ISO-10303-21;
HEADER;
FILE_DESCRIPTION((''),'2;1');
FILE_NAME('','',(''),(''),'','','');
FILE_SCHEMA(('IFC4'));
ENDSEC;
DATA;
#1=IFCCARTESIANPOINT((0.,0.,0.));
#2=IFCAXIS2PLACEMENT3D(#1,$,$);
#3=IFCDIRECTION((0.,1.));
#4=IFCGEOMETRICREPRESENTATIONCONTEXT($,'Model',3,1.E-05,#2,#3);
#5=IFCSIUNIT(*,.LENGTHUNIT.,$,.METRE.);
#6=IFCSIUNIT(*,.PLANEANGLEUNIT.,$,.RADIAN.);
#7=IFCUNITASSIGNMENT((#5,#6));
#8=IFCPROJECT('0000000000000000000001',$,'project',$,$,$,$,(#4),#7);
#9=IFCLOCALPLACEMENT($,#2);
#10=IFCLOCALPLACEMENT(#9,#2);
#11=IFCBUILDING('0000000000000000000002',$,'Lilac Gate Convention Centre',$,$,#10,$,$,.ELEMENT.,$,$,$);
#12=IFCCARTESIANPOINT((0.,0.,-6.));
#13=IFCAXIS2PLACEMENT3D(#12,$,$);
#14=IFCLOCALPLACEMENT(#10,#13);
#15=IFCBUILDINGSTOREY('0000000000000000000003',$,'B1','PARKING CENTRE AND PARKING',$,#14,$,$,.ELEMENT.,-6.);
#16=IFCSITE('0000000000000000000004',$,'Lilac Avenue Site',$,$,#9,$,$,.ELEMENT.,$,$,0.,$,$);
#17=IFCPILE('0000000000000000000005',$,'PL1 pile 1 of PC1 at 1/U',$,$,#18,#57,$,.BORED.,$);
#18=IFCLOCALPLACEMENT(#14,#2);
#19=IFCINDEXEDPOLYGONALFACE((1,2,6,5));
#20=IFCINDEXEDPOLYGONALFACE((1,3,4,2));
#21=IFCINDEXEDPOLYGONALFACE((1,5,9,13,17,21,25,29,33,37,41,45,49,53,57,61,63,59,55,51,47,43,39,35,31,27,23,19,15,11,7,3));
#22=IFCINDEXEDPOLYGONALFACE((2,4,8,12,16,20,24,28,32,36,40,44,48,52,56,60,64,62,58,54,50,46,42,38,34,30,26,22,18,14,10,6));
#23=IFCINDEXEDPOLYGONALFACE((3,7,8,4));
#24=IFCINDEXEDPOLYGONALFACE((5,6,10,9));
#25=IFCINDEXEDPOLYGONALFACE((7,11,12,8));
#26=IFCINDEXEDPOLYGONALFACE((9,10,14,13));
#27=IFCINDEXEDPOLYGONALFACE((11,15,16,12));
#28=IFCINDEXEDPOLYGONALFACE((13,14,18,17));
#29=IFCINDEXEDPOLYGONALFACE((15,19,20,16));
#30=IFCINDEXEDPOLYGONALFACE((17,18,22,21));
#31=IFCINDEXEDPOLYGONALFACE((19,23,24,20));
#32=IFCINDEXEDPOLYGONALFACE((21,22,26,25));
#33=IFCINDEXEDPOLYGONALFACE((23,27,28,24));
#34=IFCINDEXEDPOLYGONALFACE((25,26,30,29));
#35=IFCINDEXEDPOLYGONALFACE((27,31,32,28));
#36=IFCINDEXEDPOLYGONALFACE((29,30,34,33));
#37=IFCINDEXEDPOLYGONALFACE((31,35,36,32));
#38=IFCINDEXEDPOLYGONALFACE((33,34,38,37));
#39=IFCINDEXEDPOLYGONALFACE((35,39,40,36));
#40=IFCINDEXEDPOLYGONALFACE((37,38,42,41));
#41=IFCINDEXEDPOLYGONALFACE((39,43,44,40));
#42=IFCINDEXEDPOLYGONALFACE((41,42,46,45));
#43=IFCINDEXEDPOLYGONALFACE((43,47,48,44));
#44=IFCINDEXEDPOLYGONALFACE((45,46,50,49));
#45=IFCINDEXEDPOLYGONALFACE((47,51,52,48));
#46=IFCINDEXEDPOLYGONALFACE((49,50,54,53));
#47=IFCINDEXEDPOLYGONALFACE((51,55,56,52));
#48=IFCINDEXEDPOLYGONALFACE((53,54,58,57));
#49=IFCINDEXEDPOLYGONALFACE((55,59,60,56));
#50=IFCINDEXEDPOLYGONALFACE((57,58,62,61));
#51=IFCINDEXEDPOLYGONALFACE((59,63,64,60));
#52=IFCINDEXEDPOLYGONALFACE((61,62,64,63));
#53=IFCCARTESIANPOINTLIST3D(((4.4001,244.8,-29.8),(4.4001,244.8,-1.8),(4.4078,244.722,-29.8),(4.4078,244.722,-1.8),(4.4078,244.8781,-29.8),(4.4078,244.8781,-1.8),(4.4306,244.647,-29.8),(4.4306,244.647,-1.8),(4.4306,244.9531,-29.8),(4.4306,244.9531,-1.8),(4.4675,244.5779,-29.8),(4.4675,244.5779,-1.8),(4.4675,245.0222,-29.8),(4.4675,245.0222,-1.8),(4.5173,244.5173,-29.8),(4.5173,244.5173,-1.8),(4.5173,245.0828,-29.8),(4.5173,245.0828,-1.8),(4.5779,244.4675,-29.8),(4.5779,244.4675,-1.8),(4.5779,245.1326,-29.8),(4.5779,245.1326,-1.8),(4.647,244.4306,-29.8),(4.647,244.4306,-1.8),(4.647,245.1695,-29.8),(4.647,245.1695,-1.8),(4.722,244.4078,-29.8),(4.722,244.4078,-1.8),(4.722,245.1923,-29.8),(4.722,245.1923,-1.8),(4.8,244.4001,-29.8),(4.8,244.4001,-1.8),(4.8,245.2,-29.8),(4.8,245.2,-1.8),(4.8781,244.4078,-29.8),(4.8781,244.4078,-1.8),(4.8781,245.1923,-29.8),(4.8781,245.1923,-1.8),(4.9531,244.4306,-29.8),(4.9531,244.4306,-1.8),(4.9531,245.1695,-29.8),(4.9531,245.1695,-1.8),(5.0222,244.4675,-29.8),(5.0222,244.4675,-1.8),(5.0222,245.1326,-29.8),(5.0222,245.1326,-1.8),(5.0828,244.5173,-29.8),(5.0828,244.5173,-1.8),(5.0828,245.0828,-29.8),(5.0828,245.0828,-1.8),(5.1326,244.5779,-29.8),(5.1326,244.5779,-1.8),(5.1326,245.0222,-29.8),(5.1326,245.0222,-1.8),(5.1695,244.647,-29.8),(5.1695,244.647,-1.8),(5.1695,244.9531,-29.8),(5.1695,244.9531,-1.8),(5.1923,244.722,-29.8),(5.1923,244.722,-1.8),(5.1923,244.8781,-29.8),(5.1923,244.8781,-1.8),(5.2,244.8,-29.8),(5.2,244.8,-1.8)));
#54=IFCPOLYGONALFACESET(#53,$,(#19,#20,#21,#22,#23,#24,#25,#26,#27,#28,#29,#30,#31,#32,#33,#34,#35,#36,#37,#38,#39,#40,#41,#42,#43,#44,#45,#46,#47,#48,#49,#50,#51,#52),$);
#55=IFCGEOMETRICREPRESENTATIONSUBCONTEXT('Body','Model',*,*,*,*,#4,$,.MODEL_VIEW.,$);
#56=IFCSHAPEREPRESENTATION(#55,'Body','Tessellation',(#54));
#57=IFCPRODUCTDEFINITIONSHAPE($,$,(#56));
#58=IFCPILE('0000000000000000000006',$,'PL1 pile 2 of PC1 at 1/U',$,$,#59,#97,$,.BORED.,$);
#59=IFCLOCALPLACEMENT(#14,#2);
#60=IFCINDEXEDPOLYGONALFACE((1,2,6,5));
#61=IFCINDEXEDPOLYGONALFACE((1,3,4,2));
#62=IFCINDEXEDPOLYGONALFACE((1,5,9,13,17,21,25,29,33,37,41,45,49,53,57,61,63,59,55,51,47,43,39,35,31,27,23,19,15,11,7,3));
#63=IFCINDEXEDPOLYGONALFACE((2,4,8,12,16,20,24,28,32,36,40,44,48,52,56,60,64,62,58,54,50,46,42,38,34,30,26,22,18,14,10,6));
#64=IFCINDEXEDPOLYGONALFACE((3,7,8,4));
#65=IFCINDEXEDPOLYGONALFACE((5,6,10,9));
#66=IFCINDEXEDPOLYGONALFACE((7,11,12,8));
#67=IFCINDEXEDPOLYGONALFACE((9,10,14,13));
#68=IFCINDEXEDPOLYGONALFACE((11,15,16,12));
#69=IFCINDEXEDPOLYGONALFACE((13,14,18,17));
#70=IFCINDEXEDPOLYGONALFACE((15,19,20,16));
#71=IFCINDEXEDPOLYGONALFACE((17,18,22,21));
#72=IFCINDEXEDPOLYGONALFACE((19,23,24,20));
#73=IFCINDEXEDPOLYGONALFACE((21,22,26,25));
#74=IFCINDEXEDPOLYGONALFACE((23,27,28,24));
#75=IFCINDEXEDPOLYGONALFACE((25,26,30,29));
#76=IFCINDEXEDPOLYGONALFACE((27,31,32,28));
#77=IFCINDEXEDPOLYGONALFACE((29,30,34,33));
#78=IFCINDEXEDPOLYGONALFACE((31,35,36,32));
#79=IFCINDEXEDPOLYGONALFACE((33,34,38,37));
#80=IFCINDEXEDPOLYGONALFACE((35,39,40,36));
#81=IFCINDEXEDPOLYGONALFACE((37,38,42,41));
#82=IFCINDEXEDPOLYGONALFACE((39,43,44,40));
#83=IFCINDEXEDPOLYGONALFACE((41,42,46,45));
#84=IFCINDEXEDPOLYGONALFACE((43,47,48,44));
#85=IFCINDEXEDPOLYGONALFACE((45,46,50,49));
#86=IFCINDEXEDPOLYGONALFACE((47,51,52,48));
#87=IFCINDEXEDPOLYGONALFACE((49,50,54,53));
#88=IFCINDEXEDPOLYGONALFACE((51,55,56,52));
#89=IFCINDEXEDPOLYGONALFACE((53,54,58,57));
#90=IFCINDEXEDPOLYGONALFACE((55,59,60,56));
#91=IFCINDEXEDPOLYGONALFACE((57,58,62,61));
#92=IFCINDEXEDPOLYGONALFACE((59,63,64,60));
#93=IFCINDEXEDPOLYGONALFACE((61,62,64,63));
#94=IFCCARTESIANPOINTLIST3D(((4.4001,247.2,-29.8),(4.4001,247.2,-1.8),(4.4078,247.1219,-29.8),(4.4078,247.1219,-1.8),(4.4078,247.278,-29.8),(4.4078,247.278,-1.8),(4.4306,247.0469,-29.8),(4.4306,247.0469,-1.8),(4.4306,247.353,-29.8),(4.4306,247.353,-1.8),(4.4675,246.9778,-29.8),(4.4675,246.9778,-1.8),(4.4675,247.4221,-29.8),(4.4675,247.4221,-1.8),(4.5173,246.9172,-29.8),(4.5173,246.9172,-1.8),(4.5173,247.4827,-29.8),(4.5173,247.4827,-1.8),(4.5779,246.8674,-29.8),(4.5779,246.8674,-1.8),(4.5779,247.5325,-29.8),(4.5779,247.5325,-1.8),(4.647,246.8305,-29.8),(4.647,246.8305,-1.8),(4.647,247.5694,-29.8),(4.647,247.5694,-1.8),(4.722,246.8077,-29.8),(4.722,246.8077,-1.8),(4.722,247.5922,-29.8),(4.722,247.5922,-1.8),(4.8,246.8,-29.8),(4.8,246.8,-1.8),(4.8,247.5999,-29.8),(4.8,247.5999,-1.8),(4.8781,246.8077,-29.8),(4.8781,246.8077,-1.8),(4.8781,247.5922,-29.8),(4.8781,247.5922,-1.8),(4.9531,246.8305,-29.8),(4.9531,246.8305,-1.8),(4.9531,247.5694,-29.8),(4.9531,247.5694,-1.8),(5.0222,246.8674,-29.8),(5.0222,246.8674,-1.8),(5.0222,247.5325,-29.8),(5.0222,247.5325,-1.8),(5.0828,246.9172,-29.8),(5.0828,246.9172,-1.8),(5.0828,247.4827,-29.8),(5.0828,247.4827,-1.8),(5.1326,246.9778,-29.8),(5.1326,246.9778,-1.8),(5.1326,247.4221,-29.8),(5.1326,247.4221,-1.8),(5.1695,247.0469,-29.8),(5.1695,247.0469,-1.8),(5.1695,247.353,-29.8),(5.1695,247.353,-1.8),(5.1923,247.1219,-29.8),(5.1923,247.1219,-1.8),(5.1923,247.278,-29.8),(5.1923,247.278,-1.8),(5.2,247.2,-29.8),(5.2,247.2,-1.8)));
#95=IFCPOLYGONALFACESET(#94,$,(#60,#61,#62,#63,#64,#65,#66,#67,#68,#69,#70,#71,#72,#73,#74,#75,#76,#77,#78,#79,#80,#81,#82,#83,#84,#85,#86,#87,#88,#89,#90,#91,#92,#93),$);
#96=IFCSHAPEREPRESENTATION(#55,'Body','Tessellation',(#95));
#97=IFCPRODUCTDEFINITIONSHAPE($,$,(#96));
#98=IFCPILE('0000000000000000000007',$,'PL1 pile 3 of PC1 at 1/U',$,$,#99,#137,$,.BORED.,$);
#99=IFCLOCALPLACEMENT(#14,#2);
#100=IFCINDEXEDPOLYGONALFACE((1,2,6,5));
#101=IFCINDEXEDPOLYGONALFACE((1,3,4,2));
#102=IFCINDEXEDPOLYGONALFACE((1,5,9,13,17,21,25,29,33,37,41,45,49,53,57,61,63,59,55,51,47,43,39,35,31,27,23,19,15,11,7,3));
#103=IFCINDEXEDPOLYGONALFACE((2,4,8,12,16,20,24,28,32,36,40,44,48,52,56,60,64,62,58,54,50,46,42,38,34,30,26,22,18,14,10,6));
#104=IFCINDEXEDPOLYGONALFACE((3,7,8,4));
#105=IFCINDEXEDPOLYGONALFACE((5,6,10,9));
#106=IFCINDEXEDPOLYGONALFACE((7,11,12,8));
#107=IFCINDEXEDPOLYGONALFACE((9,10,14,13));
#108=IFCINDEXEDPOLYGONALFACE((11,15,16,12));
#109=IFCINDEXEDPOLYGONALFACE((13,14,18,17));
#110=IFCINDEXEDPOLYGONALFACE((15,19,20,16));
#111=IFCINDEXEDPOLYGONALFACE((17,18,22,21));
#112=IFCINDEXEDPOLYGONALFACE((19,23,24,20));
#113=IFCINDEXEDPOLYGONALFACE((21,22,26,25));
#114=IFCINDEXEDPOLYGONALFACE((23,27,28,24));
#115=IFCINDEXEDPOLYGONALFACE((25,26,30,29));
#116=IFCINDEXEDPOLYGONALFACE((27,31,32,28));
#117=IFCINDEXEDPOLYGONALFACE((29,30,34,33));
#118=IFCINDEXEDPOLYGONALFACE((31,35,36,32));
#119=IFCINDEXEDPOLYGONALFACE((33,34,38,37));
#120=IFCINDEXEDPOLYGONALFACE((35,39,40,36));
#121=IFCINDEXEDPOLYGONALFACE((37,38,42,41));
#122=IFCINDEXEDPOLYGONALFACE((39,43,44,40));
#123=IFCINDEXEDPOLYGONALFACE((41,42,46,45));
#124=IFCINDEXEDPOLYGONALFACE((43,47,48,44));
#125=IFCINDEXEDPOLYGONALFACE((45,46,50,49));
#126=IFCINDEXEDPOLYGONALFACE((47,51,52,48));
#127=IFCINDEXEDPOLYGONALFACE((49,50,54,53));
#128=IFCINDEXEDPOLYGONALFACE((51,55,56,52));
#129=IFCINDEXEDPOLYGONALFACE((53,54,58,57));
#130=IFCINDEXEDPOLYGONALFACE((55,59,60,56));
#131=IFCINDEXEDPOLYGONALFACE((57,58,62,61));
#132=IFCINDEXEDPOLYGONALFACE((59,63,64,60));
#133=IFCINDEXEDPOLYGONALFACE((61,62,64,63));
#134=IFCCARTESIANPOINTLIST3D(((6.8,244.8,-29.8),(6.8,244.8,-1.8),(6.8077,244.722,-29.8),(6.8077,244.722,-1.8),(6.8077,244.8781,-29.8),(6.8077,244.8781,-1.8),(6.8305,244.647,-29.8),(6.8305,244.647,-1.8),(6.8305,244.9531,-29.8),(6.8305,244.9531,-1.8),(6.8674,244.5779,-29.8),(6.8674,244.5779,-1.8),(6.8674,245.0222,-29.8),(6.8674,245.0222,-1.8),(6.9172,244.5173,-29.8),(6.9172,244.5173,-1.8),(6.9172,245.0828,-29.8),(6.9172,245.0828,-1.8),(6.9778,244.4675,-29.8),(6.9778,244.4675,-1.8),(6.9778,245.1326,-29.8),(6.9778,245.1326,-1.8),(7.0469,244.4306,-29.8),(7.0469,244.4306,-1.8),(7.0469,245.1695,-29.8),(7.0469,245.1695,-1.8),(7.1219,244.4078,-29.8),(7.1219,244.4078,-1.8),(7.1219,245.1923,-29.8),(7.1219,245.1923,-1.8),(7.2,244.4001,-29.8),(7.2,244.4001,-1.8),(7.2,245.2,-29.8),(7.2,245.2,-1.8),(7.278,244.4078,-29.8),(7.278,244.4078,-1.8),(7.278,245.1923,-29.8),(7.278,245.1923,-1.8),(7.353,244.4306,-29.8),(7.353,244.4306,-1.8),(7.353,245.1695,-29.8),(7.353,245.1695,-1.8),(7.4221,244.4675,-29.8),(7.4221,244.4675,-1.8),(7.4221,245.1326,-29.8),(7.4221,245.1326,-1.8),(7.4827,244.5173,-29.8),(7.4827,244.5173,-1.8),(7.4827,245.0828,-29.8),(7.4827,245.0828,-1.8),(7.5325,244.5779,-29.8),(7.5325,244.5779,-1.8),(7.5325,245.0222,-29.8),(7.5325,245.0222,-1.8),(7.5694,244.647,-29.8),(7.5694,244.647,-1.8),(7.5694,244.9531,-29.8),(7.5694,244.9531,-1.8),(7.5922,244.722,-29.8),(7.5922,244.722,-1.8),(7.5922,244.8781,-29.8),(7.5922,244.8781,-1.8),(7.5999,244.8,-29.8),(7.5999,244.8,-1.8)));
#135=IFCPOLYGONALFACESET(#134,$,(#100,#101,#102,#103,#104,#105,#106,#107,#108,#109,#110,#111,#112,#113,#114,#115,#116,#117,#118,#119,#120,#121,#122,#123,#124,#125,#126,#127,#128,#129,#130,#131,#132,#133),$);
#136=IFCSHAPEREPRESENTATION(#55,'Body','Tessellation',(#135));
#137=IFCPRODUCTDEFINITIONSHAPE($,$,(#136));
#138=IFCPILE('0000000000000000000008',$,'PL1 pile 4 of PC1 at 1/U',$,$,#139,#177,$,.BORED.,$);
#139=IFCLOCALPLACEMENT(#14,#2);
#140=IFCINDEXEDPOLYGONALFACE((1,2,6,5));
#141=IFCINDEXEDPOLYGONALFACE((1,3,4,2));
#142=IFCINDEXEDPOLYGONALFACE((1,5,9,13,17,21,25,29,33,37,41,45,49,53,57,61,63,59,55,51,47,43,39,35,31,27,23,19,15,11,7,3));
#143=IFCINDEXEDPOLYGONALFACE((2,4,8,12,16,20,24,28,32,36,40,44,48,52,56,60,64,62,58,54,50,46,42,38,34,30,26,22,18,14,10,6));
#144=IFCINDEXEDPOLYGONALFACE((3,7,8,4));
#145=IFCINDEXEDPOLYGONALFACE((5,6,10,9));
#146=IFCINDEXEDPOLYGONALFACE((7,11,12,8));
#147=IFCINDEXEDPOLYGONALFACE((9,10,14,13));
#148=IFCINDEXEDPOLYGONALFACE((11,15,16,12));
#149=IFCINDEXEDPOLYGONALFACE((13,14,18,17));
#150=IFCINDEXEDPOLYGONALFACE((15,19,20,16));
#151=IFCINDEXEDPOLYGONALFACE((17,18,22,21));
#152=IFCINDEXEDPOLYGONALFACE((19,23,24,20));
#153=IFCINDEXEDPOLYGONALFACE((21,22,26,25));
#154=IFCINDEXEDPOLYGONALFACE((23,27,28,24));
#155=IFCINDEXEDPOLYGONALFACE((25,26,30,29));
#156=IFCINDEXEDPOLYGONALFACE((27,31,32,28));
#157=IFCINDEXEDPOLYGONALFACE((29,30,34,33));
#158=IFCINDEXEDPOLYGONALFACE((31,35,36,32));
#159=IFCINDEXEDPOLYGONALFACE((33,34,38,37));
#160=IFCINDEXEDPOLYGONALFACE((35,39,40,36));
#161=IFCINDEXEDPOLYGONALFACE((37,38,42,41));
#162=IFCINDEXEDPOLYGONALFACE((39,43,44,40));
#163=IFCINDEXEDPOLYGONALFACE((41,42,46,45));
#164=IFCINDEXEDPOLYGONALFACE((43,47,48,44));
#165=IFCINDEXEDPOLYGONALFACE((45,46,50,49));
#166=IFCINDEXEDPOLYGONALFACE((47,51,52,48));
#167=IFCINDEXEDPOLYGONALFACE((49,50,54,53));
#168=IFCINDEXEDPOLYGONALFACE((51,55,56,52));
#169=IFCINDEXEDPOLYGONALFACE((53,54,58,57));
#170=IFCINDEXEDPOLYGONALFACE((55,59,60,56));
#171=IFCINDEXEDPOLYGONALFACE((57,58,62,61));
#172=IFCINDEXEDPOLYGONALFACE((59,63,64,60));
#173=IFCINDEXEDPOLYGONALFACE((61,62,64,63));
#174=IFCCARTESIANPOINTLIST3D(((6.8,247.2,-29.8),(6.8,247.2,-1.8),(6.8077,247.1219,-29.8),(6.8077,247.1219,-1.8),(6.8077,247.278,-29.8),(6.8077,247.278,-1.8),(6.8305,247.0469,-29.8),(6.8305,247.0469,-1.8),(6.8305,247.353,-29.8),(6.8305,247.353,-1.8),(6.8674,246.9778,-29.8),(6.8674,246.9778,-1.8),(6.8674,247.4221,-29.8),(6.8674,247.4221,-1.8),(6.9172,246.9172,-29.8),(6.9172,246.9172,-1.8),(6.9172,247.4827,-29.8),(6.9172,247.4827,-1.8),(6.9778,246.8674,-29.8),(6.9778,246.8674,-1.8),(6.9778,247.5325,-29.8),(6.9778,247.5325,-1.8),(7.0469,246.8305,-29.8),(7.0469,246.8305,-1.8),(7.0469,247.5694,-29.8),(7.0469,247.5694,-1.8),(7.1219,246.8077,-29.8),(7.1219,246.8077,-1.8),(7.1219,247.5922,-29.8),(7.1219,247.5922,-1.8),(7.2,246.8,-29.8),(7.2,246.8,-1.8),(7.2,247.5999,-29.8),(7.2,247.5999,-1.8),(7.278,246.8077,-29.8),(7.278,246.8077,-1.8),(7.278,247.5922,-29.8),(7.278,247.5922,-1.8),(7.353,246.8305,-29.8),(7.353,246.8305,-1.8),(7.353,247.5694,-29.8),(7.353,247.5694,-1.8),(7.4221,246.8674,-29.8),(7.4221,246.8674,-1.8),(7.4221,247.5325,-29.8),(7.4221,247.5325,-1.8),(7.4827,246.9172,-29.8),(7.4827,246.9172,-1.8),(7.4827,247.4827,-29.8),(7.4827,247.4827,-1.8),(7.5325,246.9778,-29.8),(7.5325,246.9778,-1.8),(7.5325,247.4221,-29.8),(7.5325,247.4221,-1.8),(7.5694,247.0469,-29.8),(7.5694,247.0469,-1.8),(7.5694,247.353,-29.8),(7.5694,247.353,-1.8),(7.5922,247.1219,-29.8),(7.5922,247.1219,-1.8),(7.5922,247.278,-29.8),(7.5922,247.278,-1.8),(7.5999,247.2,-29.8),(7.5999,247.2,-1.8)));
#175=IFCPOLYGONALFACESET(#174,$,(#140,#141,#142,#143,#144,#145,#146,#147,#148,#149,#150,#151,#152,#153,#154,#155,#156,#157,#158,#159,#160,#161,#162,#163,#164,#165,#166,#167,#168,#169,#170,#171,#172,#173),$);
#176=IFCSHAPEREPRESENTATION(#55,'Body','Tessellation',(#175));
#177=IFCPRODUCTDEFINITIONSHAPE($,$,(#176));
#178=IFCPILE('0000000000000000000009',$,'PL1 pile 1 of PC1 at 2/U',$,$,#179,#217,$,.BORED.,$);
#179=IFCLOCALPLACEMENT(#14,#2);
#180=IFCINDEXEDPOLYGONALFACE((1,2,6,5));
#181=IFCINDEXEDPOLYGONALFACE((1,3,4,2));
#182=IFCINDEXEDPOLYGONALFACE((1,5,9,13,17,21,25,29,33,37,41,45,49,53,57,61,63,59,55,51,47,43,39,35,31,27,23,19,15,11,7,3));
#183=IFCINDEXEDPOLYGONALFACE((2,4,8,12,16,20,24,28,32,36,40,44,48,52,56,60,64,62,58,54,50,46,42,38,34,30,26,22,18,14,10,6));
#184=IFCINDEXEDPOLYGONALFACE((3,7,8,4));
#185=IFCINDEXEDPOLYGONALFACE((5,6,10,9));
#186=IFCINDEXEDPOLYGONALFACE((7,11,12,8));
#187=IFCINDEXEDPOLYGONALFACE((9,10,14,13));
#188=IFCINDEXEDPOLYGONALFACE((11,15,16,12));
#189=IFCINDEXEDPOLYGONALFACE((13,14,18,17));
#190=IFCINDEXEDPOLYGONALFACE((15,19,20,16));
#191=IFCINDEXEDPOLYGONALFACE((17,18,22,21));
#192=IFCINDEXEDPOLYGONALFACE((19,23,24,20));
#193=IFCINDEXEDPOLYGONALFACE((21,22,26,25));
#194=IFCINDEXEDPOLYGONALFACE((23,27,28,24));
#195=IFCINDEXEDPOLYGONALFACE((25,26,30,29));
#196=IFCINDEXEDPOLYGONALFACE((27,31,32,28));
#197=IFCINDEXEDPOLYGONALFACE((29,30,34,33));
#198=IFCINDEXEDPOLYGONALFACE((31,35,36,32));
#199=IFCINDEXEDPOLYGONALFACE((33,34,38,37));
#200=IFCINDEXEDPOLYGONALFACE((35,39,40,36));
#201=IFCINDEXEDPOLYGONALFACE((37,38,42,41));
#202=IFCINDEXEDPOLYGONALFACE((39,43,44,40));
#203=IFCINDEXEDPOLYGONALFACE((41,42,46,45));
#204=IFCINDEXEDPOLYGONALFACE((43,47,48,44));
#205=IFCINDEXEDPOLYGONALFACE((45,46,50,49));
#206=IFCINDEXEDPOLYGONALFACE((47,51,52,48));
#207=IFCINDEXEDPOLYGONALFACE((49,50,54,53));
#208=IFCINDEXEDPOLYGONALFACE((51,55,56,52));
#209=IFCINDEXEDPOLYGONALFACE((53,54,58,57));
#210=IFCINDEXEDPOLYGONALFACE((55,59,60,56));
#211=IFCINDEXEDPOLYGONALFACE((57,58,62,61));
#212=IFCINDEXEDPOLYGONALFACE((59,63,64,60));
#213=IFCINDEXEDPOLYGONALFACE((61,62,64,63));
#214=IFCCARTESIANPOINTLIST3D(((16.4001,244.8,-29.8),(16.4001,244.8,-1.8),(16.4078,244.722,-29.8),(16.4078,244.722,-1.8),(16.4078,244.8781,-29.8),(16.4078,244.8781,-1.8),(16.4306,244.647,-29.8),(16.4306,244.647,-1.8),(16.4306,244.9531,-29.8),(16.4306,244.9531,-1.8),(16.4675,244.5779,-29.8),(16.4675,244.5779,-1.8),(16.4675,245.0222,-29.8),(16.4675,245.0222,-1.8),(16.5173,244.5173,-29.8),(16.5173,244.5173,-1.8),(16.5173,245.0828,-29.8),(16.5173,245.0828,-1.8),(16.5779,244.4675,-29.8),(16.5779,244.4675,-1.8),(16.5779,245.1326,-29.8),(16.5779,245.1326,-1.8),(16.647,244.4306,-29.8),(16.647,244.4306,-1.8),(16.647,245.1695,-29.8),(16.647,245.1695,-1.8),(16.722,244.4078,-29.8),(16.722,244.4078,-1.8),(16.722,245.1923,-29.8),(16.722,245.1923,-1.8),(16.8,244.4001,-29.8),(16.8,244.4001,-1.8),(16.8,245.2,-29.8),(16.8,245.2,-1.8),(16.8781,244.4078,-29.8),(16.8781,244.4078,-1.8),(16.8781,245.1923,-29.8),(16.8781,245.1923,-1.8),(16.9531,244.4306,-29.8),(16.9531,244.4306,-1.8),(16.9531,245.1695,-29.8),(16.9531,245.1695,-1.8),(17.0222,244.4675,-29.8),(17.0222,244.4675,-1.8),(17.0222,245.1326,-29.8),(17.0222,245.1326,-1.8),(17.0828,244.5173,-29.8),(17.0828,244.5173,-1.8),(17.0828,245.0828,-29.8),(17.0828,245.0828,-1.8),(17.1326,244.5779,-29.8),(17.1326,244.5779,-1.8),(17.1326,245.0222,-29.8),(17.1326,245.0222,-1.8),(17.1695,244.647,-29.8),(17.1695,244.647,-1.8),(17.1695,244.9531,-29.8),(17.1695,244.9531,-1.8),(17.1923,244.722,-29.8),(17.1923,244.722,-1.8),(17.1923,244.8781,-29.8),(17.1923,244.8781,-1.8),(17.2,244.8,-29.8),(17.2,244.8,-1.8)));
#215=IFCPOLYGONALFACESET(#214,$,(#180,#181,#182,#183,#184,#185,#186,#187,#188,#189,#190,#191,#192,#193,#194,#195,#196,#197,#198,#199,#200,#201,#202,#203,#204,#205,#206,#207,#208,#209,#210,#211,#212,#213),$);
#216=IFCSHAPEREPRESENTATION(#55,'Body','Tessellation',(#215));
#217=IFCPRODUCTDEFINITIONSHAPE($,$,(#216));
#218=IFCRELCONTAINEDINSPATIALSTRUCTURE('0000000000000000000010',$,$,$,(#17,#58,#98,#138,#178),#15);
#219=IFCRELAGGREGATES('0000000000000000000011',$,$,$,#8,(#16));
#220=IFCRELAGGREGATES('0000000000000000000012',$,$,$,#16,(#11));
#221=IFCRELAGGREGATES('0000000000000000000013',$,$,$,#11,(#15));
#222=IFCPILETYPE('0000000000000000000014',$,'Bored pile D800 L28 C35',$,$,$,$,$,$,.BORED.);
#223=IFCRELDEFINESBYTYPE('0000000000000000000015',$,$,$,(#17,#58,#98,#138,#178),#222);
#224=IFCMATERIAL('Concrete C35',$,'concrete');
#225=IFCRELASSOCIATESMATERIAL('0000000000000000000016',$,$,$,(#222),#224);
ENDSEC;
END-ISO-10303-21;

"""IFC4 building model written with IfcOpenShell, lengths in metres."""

from ifc_helpers import new_model, si_unit, direction, frame, origin, origin_2d, place, context, subcontext, project, spatial, circle, extrude, material, material_profile, profile_set, type_object, element, save


model = new_model("IFC4")

# Units and contexts
model_context = context("Model", 3, precision=1e-05, world=origin(), true_north=direction((0.0, 1.0)))
body_context = subcontext(model_context, "Body", "Model", "MODEL_VIEW")
ifc_project = project(units=[si_unit("LENGTHUNIT", "METRE"), si_unit("PLANEANGLEUNIT", "RADIAN")], contexts=[model_context])

# Site, building, storey
site_placement = place(None, origin())
site = spatial("IfcSite", under=ifc_project, at=site_placement, Name="Lilac Avenue Site", CompositionType="ELEMENT", RefElevation=0.0)
building_placement = place(site_placement, origin())
building = spatial("IfcBuilding", under=site, at=building_placement, Name="Lilac Gate Convention Centre", CompositionType="ELEMENT")
storey_placement = place(building_placement, frame((0.0, 0.0, -6.0)))
storey = spatial("IfcBuildingStorey", under=building, at=storey_placement, Name="B1", Description="PARKING CENTRE AND PARKING", CompositionType="ELEMENT", Elevation=-6.0)

# Piles
ifc_material_1 = material(Name="Concrete C35", Category="concrete")
ifc_material_profile_1 = material_profile(ifc_material_1, circle(Radius=0.3999, at=origin_2d()), Name="D800")
ifc_profile_set_1 = profile_set([ifc_material_profile_1], Name="Concrete C35")
pile_type = type_object("IfcPileType", Name="Bored pile D800 L28 C35", PredefinedType="BORED", material=ifc_profile_set_1)
for number, where, z_axis, x_axis, name in (
    (1, (4.8, 244.8, -1.8), (0.0, 0.0, -1.0), (1.0, 0.0, 0.0), "PL1 pile 1 of PC1 at 1/U"),
    (2, (4.8, 247.2, -1.8), (0.0, 0.0, -1.0), (1.0, 0.0, 0.0), "PL1 pile 2 of PC1 at 1/U"),
    (3, (7.2, 244.8, -1.8), (0.0, 0.0, -1.0), (1.0, 0.0, 0.0), "PL1 pile 3 of PC1 at 1/U"),
    (4, (7.2, 247.2, -1.8), (0.0, 0.0, -1.0), (1.0, 0.0, 0.0), "PL1 pile 4 of PC1 at 1/U"),
    (5, (16.8, 244.8, -1.8), (0.0, 0.0, -1.0), (1.0, 0.0, 0.0), "PL1 pile 1 of PC1 at 2/U"),
):
    element("IfcPile", number, at=place(storey_placement, frame(where, z_axis=z_axis, x_axis=x_axis)), inside=storey, type_object=pile_type, Name=name, PredefinedType="BORED", context=body_context, shape_type="SweptSolid", body=[
        extrude(circle(Radius=0.3999, at=origin_2d()), origin(), (0.0, 0.0, 1.0), 28.0),
    ])

save(model, "model.ifc")
